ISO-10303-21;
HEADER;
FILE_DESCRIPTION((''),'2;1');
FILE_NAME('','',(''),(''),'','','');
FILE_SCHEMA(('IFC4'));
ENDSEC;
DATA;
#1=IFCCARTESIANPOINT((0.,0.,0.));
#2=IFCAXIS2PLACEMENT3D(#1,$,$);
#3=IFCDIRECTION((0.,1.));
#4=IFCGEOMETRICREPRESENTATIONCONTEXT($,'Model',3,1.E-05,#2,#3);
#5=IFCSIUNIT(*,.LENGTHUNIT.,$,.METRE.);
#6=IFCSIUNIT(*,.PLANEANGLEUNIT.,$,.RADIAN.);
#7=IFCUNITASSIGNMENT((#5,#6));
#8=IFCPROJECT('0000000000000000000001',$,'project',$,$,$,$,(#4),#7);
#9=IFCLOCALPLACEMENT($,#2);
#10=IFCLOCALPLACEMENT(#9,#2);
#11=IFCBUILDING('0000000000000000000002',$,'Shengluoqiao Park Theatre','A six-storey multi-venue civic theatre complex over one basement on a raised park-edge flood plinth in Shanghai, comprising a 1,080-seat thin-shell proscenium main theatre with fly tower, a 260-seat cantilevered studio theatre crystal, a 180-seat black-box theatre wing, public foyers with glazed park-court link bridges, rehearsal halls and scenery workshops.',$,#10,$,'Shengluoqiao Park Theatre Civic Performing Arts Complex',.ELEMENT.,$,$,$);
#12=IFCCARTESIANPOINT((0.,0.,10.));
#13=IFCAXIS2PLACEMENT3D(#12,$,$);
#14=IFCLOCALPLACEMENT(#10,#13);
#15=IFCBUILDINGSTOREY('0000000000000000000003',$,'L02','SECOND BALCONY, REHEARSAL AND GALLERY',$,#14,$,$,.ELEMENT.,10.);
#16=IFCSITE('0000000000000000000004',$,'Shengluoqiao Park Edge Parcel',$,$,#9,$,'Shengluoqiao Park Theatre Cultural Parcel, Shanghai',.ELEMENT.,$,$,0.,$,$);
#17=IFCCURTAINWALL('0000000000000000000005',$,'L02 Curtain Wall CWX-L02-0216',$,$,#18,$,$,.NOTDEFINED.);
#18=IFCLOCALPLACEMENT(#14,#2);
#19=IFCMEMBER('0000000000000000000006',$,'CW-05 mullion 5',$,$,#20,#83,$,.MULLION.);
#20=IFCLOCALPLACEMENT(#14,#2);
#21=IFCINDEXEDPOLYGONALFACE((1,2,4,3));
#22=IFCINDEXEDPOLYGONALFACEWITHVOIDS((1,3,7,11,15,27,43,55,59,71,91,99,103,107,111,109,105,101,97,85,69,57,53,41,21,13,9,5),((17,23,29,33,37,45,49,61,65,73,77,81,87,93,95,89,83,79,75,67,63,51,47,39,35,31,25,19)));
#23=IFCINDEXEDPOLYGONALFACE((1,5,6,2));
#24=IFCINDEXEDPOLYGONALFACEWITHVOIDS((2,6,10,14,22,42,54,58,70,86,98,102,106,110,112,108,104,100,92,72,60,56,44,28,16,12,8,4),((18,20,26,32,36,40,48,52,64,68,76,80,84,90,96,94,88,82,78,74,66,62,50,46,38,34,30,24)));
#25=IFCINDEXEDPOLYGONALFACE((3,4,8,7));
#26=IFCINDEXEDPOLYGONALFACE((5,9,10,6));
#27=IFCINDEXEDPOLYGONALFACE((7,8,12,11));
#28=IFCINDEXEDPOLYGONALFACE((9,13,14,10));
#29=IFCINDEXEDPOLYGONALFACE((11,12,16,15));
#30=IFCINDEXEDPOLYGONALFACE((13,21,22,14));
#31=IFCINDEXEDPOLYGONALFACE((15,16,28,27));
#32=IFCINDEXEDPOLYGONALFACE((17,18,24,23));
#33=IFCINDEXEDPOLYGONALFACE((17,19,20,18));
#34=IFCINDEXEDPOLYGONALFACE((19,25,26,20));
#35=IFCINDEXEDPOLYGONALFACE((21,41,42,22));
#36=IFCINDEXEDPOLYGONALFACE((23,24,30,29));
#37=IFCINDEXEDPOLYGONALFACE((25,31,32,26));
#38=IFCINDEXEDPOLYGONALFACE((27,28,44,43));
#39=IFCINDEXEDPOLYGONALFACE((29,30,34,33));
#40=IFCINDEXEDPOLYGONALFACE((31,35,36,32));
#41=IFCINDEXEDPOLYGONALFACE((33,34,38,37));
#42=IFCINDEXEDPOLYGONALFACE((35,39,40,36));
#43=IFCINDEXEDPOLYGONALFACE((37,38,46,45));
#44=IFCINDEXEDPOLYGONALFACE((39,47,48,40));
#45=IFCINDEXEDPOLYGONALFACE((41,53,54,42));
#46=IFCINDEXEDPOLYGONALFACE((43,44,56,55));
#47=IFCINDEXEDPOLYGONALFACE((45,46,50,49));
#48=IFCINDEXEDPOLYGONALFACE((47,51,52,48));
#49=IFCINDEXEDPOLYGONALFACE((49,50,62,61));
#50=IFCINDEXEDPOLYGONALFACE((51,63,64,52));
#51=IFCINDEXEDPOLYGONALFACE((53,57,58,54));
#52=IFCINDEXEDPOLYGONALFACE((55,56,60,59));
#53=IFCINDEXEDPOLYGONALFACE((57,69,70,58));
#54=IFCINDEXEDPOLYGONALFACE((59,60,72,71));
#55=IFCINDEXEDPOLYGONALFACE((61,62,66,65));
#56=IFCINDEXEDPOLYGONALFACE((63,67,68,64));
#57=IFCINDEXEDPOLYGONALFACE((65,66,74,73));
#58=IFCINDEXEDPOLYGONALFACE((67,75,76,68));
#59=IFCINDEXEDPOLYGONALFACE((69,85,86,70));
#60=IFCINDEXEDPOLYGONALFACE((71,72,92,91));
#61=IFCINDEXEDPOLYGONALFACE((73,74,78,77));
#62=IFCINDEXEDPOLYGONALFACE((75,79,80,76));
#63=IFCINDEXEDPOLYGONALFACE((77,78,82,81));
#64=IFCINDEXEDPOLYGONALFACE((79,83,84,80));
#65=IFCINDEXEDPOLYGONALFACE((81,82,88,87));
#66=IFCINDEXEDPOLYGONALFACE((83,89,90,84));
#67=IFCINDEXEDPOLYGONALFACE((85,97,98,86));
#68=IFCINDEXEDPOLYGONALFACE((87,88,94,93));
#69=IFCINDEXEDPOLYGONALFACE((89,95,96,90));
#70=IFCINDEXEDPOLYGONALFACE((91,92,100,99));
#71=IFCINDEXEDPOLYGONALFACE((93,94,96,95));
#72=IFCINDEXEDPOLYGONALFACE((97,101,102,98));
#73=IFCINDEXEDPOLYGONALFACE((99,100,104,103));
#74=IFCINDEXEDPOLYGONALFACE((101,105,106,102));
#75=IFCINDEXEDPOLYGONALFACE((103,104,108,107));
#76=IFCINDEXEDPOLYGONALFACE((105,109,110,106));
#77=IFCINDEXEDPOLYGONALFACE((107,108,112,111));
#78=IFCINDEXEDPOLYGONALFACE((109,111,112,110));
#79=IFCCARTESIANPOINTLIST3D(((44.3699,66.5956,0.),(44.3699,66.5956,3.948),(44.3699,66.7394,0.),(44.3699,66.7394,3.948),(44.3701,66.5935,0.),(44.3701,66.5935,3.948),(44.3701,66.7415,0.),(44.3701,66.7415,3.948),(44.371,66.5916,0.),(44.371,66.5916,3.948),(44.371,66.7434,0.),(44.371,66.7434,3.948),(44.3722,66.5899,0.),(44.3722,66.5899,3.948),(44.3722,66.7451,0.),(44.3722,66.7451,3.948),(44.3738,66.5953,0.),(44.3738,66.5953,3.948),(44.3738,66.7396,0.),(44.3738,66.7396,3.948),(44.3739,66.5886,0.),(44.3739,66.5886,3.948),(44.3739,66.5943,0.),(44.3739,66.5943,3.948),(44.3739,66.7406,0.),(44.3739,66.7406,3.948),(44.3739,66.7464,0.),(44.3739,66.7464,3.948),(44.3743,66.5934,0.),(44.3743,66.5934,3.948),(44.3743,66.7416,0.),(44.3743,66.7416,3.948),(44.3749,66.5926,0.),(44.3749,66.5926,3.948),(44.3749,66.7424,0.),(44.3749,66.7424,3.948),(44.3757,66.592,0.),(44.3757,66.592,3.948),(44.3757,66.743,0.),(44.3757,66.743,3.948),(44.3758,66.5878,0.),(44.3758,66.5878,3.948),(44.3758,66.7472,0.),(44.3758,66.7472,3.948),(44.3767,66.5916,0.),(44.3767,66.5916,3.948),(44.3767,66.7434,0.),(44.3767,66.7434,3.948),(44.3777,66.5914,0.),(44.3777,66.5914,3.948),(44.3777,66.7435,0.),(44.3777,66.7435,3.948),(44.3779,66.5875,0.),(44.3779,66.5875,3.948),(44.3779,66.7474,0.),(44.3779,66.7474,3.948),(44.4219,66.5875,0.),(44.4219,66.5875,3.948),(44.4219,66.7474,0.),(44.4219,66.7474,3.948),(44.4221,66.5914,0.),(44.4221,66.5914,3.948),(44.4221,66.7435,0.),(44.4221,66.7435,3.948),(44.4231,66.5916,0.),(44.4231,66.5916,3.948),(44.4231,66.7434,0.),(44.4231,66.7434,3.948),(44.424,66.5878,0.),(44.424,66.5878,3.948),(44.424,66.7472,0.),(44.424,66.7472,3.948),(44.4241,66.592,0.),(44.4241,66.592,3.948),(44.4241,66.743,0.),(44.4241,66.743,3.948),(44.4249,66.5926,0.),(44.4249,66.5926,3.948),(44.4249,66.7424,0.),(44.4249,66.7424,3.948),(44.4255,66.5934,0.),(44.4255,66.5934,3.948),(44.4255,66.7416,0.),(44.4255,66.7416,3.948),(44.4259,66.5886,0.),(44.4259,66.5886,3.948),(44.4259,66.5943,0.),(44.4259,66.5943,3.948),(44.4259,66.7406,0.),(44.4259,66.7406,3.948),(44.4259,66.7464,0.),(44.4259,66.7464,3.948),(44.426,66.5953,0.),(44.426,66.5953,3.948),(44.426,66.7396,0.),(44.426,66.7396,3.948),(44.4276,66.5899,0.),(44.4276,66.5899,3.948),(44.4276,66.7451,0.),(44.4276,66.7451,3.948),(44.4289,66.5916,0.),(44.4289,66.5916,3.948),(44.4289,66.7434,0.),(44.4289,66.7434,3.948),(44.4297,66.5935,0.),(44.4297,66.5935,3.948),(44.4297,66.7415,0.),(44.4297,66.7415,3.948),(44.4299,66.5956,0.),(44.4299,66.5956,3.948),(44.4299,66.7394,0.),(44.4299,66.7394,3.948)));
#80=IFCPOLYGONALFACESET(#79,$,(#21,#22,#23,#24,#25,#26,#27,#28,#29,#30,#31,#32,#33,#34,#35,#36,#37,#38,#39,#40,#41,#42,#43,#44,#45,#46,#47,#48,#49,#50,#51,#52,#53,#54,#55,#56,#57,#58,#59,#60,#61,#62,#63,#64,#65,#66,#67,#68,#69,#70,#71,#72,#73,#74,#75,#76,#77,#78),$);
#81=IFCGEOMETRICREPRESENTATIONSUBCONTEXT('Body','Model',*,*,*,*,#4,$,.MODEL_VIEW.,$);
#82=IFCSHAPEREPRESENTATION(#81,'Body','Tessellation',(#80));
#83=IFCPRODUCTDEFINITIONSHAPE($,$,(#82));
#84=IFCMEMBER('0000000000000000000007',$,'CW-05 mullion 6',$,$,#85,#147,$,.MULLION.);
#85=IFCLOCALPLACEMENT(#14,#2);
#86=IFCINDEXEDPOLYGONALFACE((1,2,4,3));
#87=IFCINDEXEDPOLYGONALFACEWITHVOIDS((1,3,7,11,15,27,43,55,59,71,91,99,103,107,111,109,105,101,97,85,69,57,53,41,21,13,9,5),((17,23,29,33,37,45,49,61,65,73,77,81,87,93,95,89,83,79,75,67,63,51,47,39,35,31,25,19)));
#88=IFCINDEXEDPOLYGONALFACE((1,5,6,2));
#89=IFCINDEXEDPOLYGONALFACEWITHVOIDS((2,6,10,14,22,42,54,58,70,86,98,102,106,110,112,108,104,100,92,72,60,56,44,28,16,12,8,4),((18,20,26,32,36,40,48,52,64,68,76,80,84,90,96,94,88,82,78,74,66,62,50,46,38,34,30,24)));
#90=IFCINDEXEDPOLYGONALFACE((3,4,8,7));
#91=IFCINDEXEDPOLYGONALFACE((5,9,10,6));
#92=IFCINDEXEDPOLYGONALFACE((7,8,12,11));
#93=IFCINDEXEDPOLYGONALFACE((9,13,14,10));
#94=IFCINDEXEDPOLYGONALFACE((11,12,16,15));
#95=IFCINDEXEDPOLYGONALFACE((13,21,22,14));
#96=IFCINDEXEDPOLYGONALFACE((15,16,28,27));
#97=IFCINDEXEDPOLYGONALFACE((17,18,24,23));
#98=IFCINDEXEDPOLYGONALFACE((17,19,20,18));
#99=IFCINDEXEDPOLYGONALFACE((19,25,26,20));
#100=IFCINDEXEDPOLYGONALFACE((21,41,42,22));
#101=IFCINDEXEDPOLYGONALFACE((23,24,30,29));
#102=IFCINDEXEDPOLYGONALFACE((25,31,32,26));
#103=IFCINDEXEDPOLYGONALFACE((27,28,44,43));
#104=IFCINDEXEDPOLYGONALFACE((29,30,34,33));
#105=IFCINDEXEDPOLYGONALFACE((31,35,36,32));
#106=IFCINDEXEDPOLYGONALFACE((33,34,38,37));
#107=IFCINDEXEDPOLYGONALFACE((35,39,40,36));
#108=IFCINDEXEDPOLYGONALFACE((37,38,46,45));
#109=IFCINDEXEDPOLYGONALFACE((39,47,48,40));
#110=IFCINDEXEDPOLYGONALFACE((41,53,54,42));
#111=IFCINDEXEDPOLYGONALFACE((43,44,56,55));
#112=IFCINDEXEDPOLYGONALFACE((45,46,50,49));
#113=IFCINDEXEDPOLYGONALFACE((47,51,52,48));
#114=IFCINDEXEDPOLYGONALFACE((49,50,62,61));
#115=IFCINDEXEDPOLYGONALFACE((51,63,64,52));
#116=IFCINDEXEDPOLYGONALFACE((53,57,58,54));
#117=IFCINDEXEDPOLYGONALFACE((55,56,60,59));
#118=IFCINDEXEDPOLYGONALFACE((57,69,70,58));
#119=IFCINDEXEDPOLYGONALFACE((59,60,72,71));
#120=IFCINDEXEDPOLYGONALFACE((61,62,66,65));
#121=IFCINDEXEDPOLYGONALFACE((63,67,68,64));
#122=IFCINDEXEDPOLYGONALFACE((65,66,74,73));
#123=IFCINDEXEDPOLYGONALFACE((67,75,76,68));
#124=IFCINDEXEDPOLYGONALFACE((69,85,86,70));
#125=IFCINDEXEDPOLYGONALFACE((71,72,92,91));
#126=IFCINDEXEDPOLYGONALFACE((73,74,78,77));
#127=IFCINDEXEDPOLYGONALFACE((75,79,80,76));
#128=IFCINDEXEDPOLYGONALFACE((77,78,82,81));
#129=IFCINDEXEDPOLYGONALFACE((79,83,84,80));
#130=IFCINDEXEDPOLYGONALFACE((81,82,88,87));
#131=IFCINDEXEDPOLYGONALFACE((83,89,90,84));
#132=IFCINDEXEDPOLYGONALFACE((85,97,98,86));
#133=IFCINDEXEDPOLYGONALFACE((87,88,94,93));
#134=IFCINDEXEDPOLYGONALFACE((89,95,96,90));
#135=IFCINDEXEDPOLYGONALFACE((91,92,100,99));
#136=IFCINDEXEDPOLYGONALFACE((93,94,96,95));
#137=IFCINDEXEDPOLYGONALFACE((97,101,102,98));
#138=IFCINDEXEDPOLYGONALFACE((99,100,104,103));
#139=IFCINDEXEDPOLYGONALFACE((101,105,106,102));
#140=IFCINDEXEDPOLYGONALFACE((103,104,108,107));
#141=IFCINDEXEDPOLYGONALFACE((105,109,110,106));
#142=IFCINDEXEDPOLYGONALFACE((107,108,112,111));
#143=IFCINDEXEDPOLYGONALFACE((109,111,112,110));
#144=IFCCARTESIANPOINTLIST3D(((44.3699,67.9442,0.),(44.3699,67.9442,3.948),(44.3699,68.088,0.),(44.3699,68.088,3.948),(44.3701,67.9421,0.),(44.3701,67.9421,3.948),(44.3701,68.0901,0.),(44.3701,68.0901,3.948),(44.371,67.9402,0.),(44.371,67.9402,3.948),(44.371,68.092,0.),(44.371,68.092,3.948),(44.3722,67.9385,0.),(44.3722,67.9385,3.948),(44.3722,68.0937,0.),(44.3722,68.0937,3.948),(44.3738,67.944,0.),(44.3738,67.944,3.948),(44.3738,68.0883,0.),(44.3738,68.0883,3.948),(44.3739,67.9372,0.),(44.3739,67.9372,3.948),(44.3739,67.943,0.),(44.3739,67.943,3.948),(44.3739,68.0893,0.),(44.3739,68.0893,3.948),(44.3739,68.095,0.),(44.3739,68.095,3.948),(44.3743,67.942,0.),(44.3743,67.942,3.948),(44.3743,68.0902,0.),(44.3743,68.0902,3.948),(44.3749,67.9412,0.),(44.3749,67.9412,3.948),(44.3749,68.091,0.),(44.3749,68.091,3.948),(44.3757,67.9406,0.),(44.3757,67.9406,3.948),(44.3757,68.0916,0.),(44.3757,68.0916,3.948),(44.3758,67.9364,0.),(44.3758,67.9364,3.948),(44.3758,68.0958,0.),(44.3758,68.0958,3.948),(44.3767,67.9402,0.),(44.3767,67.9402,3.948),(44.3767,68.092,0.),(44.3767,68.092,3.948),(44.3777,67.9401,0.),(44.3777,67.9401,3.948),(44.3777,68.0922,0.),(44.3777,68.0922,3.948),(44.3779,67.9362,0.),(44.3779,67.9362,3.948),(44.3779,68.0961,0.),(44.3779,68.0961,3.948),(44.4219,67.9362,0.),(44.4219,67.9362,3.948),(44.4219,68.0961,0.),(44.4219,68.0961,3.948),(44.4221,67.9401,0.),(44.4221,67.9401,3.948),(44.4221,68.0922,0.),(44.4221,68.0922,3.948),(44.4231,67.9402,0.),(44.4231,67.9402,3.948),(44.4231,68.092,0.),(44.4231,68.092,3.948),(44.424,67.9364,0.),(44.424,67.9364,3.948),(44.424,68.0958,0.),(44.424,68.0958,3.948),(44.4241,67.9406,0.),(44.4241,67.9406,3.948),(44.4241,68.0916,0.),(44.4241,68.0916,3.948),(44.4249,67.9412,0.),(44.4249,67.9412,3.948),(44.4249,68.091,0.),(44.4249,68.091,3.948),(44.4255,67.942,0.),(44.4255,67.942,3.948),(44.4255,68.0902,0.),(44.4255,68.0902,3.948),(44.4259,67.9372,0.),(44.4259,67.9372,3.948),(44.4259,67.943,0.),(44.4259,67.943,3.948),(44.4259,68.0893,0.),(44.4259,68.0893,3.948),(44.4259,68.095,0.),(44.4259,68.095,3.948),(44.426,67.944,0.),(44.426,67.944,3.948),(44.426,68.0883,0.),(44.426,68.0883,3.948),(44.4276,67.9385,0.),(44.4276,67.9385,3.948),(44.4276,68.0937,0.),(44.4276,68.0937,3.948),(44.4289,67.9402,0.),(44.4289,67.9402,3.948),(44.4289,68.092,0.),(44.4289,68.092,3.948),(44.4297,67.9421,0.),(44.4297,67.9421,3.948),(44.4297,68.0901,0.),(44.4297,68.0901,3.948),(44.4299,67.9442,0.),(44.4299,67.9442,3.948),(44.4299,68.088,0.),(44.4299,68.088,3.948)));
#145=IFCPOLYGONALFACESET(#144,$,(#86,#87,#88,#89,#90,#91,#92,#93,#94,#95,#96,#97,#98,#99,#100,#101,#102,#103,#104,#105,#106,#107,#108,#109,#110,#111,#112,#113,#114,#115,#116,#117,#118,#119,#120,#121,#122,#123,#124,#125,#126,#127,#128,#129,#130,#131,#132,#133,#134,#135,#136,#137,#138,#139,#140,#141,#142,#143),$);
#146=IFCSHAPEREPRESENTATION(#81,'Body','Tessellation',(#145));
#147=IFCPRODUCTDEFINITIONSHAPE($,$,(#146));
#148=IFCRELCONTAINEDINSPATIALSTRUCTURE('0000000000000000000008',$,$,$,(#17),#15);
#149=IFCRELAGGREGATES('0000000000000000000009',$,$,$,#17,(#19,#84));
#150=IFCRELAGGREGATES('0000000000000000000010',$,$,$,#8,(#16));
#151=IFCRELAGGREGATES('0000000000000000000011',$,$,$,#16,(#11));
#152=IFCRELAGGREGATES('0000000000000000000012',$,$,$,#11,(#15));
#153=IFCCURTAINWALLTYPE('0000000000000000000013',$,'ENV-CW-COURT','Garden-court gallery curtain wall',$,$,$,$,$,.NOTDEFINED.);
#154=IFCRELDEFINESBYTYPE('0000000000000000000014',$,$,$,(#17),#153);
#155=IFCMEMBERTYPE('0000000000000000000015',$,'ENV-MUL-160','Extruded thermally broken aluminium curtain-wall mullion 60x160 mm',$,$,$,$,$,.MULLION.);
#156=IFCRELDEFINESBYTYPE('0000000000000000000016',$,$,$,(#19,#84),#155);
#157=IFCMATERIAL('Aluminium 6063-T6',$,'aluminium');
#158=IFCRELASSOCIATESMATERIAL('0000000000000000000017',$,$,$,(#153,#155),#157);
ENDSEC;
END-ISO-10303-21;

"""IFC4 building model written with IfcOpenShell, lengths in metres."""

from ifc_helpers import new_model, si_unit, direction, frame, origin, origin_2d, place, context, subcontext, project, spatial, hollow_rectangle, extrude, material, material_profile, profile_set, type_object, element, aggregate, save


model = new_model("IFC4")

# Units and contexts
model_context = context("Model", 3, precision=1e-05, world=origin(), true_north=direction((0.0, 1.0)))
body_context = subcontext(model_context, "Body", "Model", "MODEL_VIEW")
ifc_project = project(units=[si_unit("LENGTHUNIT", "METRE"), si_unit("PLANEANGLEUNIT", "RADIAN")], contexts=[model_context])

# Site, building, storey
site_placement = place(None, origin())
site = spatial("IfcSite", under=ifc_project, at=site_placement, Name="Shengluoqiao Park Edge Parcel", LongName="Shengluoqiao Park Theatre Cultural Parcel, Shanghai", CompositionType="ELEMENT", RefElevation=0.0)
building_placement = place(site_placement, origin())
building = spatial("IfcBuilding", under=site, at=building_placement, Name="Shengluoqiao Park Theatre", Description="A six-storey multi-venue civic theatre complex over one basement on a raised park-edge flood plinth in Shanghai, comprising a 1,080-seat thin-shell proscenium main theatre with fly tower, a 260-seat cantilevered studio theatre crystal, a 180-seat black-box theatre wing, public foyers with glazed park-court link bridges, rehearsal halls and scenery workshops.", LongName="Shengluoqiao Park Theatre Civic Performing Arts Complex", CompositionType="ELEMENT")
storey_placement = place(building_placement, frame((0.0, 0.0, 10.0)))
storey = spatial("IfcBuildingStorey", under=building, at=storey_placement, Name="L02", Description="SECOND BALCONY, REHEARSAL AND GALLERY", CompositionType="ELEMENT", Elevation=10.0)

# Curtain wall, members
ifc_material_1 = material(Name="Aluminium 6063-T6", Category="aluminium")
curtain_wall_type = type_object("IfcCurtainWallType", Name="ENV-CW-COURT", Description="Garden-court gallery curtain wall", PredefinedType="NOTDEFINED", material=ifc_material_1)
curtain_wall_placement = place(storey_placement, origin())
curtain_wall = element("IfcCurtainWall", 1, at=curtain_wall_placement, inside=storey, type_object=curtain_wall_type, Name="L02 Curtain Wall CWX-L02-0216", PredefinedType="NOTDEFINED")
ifc_material_profile_1 = material_profile(ifc_material_1, hollow_rectangle(XDim=0.0601, YDim=0.1599, WallThickness=0.0039, InnerFilletRadius=0.0039, OuterFilletRadius=0.0081, at=origin_2d()), Name="ALU MULLION 160x60x4")
ifc_profile_set_1 = profile_set([ifc_material_profile_1], Name="Aluminium 6063-T6")
member_type_1 = type_object("IfcMemberType", Name="ENV-MUL-160", Description="Extruded thermally broken aluminium curtain-wall mullion 60x160 mm", PredefinedType="MULLION", material=ifc_profile_set_1)
member_1_placement = place(storey_placement, frame((44.3999, 66.6675, 0.0), z_axis=(0.0, 0.0, 1.0), x_axis=(-1.0, 0.0, 0.0)))
member_1 = element("IfcMember", 2, at=member_1_placement, type_object=member_type_1, Name="CW-05 mullion 5", PredefinedType="MULLION", context=body_context, shape_type="SweptSolid", body=[
    extrude(hollow_rectangle(XDim=0.0601, YDim=0.1599, WallThickness=0.0039, InnerFilletRadius=0.0039, OuterFilletRadius=0.0081, at=origin_2d()), origin(), (0.0, 0.0, 1.0), 3.948),
])
member_2_placement = place(storey_placement, frame((44.3999, 68.0161, 0.0), z_axis=(0.0, 0.0, 1.0), x_axis=(-1.0, 0.0, 0.0)))
member_2 = element("IfcMember", 3, at=member_2_placement, type_object=member_type_1, Name="CW-05 mullion 6", PredefinedType="MULLION", context=body_context, shape_type="SweptSolid", body=[
    extrude(hollow_rectangle(XDim=0.0601, YDim=0.1599, WallThickness=0.0039, InnerFilletRadius=0.0039, OuterFilletRadius=0.0081, at=origin_2d()), origin(), (0.0, 0.0, 1.0), 3.948),
])

aggregate(curtain_wall, [member_1, member_2])

save(model, "model.ifc")
